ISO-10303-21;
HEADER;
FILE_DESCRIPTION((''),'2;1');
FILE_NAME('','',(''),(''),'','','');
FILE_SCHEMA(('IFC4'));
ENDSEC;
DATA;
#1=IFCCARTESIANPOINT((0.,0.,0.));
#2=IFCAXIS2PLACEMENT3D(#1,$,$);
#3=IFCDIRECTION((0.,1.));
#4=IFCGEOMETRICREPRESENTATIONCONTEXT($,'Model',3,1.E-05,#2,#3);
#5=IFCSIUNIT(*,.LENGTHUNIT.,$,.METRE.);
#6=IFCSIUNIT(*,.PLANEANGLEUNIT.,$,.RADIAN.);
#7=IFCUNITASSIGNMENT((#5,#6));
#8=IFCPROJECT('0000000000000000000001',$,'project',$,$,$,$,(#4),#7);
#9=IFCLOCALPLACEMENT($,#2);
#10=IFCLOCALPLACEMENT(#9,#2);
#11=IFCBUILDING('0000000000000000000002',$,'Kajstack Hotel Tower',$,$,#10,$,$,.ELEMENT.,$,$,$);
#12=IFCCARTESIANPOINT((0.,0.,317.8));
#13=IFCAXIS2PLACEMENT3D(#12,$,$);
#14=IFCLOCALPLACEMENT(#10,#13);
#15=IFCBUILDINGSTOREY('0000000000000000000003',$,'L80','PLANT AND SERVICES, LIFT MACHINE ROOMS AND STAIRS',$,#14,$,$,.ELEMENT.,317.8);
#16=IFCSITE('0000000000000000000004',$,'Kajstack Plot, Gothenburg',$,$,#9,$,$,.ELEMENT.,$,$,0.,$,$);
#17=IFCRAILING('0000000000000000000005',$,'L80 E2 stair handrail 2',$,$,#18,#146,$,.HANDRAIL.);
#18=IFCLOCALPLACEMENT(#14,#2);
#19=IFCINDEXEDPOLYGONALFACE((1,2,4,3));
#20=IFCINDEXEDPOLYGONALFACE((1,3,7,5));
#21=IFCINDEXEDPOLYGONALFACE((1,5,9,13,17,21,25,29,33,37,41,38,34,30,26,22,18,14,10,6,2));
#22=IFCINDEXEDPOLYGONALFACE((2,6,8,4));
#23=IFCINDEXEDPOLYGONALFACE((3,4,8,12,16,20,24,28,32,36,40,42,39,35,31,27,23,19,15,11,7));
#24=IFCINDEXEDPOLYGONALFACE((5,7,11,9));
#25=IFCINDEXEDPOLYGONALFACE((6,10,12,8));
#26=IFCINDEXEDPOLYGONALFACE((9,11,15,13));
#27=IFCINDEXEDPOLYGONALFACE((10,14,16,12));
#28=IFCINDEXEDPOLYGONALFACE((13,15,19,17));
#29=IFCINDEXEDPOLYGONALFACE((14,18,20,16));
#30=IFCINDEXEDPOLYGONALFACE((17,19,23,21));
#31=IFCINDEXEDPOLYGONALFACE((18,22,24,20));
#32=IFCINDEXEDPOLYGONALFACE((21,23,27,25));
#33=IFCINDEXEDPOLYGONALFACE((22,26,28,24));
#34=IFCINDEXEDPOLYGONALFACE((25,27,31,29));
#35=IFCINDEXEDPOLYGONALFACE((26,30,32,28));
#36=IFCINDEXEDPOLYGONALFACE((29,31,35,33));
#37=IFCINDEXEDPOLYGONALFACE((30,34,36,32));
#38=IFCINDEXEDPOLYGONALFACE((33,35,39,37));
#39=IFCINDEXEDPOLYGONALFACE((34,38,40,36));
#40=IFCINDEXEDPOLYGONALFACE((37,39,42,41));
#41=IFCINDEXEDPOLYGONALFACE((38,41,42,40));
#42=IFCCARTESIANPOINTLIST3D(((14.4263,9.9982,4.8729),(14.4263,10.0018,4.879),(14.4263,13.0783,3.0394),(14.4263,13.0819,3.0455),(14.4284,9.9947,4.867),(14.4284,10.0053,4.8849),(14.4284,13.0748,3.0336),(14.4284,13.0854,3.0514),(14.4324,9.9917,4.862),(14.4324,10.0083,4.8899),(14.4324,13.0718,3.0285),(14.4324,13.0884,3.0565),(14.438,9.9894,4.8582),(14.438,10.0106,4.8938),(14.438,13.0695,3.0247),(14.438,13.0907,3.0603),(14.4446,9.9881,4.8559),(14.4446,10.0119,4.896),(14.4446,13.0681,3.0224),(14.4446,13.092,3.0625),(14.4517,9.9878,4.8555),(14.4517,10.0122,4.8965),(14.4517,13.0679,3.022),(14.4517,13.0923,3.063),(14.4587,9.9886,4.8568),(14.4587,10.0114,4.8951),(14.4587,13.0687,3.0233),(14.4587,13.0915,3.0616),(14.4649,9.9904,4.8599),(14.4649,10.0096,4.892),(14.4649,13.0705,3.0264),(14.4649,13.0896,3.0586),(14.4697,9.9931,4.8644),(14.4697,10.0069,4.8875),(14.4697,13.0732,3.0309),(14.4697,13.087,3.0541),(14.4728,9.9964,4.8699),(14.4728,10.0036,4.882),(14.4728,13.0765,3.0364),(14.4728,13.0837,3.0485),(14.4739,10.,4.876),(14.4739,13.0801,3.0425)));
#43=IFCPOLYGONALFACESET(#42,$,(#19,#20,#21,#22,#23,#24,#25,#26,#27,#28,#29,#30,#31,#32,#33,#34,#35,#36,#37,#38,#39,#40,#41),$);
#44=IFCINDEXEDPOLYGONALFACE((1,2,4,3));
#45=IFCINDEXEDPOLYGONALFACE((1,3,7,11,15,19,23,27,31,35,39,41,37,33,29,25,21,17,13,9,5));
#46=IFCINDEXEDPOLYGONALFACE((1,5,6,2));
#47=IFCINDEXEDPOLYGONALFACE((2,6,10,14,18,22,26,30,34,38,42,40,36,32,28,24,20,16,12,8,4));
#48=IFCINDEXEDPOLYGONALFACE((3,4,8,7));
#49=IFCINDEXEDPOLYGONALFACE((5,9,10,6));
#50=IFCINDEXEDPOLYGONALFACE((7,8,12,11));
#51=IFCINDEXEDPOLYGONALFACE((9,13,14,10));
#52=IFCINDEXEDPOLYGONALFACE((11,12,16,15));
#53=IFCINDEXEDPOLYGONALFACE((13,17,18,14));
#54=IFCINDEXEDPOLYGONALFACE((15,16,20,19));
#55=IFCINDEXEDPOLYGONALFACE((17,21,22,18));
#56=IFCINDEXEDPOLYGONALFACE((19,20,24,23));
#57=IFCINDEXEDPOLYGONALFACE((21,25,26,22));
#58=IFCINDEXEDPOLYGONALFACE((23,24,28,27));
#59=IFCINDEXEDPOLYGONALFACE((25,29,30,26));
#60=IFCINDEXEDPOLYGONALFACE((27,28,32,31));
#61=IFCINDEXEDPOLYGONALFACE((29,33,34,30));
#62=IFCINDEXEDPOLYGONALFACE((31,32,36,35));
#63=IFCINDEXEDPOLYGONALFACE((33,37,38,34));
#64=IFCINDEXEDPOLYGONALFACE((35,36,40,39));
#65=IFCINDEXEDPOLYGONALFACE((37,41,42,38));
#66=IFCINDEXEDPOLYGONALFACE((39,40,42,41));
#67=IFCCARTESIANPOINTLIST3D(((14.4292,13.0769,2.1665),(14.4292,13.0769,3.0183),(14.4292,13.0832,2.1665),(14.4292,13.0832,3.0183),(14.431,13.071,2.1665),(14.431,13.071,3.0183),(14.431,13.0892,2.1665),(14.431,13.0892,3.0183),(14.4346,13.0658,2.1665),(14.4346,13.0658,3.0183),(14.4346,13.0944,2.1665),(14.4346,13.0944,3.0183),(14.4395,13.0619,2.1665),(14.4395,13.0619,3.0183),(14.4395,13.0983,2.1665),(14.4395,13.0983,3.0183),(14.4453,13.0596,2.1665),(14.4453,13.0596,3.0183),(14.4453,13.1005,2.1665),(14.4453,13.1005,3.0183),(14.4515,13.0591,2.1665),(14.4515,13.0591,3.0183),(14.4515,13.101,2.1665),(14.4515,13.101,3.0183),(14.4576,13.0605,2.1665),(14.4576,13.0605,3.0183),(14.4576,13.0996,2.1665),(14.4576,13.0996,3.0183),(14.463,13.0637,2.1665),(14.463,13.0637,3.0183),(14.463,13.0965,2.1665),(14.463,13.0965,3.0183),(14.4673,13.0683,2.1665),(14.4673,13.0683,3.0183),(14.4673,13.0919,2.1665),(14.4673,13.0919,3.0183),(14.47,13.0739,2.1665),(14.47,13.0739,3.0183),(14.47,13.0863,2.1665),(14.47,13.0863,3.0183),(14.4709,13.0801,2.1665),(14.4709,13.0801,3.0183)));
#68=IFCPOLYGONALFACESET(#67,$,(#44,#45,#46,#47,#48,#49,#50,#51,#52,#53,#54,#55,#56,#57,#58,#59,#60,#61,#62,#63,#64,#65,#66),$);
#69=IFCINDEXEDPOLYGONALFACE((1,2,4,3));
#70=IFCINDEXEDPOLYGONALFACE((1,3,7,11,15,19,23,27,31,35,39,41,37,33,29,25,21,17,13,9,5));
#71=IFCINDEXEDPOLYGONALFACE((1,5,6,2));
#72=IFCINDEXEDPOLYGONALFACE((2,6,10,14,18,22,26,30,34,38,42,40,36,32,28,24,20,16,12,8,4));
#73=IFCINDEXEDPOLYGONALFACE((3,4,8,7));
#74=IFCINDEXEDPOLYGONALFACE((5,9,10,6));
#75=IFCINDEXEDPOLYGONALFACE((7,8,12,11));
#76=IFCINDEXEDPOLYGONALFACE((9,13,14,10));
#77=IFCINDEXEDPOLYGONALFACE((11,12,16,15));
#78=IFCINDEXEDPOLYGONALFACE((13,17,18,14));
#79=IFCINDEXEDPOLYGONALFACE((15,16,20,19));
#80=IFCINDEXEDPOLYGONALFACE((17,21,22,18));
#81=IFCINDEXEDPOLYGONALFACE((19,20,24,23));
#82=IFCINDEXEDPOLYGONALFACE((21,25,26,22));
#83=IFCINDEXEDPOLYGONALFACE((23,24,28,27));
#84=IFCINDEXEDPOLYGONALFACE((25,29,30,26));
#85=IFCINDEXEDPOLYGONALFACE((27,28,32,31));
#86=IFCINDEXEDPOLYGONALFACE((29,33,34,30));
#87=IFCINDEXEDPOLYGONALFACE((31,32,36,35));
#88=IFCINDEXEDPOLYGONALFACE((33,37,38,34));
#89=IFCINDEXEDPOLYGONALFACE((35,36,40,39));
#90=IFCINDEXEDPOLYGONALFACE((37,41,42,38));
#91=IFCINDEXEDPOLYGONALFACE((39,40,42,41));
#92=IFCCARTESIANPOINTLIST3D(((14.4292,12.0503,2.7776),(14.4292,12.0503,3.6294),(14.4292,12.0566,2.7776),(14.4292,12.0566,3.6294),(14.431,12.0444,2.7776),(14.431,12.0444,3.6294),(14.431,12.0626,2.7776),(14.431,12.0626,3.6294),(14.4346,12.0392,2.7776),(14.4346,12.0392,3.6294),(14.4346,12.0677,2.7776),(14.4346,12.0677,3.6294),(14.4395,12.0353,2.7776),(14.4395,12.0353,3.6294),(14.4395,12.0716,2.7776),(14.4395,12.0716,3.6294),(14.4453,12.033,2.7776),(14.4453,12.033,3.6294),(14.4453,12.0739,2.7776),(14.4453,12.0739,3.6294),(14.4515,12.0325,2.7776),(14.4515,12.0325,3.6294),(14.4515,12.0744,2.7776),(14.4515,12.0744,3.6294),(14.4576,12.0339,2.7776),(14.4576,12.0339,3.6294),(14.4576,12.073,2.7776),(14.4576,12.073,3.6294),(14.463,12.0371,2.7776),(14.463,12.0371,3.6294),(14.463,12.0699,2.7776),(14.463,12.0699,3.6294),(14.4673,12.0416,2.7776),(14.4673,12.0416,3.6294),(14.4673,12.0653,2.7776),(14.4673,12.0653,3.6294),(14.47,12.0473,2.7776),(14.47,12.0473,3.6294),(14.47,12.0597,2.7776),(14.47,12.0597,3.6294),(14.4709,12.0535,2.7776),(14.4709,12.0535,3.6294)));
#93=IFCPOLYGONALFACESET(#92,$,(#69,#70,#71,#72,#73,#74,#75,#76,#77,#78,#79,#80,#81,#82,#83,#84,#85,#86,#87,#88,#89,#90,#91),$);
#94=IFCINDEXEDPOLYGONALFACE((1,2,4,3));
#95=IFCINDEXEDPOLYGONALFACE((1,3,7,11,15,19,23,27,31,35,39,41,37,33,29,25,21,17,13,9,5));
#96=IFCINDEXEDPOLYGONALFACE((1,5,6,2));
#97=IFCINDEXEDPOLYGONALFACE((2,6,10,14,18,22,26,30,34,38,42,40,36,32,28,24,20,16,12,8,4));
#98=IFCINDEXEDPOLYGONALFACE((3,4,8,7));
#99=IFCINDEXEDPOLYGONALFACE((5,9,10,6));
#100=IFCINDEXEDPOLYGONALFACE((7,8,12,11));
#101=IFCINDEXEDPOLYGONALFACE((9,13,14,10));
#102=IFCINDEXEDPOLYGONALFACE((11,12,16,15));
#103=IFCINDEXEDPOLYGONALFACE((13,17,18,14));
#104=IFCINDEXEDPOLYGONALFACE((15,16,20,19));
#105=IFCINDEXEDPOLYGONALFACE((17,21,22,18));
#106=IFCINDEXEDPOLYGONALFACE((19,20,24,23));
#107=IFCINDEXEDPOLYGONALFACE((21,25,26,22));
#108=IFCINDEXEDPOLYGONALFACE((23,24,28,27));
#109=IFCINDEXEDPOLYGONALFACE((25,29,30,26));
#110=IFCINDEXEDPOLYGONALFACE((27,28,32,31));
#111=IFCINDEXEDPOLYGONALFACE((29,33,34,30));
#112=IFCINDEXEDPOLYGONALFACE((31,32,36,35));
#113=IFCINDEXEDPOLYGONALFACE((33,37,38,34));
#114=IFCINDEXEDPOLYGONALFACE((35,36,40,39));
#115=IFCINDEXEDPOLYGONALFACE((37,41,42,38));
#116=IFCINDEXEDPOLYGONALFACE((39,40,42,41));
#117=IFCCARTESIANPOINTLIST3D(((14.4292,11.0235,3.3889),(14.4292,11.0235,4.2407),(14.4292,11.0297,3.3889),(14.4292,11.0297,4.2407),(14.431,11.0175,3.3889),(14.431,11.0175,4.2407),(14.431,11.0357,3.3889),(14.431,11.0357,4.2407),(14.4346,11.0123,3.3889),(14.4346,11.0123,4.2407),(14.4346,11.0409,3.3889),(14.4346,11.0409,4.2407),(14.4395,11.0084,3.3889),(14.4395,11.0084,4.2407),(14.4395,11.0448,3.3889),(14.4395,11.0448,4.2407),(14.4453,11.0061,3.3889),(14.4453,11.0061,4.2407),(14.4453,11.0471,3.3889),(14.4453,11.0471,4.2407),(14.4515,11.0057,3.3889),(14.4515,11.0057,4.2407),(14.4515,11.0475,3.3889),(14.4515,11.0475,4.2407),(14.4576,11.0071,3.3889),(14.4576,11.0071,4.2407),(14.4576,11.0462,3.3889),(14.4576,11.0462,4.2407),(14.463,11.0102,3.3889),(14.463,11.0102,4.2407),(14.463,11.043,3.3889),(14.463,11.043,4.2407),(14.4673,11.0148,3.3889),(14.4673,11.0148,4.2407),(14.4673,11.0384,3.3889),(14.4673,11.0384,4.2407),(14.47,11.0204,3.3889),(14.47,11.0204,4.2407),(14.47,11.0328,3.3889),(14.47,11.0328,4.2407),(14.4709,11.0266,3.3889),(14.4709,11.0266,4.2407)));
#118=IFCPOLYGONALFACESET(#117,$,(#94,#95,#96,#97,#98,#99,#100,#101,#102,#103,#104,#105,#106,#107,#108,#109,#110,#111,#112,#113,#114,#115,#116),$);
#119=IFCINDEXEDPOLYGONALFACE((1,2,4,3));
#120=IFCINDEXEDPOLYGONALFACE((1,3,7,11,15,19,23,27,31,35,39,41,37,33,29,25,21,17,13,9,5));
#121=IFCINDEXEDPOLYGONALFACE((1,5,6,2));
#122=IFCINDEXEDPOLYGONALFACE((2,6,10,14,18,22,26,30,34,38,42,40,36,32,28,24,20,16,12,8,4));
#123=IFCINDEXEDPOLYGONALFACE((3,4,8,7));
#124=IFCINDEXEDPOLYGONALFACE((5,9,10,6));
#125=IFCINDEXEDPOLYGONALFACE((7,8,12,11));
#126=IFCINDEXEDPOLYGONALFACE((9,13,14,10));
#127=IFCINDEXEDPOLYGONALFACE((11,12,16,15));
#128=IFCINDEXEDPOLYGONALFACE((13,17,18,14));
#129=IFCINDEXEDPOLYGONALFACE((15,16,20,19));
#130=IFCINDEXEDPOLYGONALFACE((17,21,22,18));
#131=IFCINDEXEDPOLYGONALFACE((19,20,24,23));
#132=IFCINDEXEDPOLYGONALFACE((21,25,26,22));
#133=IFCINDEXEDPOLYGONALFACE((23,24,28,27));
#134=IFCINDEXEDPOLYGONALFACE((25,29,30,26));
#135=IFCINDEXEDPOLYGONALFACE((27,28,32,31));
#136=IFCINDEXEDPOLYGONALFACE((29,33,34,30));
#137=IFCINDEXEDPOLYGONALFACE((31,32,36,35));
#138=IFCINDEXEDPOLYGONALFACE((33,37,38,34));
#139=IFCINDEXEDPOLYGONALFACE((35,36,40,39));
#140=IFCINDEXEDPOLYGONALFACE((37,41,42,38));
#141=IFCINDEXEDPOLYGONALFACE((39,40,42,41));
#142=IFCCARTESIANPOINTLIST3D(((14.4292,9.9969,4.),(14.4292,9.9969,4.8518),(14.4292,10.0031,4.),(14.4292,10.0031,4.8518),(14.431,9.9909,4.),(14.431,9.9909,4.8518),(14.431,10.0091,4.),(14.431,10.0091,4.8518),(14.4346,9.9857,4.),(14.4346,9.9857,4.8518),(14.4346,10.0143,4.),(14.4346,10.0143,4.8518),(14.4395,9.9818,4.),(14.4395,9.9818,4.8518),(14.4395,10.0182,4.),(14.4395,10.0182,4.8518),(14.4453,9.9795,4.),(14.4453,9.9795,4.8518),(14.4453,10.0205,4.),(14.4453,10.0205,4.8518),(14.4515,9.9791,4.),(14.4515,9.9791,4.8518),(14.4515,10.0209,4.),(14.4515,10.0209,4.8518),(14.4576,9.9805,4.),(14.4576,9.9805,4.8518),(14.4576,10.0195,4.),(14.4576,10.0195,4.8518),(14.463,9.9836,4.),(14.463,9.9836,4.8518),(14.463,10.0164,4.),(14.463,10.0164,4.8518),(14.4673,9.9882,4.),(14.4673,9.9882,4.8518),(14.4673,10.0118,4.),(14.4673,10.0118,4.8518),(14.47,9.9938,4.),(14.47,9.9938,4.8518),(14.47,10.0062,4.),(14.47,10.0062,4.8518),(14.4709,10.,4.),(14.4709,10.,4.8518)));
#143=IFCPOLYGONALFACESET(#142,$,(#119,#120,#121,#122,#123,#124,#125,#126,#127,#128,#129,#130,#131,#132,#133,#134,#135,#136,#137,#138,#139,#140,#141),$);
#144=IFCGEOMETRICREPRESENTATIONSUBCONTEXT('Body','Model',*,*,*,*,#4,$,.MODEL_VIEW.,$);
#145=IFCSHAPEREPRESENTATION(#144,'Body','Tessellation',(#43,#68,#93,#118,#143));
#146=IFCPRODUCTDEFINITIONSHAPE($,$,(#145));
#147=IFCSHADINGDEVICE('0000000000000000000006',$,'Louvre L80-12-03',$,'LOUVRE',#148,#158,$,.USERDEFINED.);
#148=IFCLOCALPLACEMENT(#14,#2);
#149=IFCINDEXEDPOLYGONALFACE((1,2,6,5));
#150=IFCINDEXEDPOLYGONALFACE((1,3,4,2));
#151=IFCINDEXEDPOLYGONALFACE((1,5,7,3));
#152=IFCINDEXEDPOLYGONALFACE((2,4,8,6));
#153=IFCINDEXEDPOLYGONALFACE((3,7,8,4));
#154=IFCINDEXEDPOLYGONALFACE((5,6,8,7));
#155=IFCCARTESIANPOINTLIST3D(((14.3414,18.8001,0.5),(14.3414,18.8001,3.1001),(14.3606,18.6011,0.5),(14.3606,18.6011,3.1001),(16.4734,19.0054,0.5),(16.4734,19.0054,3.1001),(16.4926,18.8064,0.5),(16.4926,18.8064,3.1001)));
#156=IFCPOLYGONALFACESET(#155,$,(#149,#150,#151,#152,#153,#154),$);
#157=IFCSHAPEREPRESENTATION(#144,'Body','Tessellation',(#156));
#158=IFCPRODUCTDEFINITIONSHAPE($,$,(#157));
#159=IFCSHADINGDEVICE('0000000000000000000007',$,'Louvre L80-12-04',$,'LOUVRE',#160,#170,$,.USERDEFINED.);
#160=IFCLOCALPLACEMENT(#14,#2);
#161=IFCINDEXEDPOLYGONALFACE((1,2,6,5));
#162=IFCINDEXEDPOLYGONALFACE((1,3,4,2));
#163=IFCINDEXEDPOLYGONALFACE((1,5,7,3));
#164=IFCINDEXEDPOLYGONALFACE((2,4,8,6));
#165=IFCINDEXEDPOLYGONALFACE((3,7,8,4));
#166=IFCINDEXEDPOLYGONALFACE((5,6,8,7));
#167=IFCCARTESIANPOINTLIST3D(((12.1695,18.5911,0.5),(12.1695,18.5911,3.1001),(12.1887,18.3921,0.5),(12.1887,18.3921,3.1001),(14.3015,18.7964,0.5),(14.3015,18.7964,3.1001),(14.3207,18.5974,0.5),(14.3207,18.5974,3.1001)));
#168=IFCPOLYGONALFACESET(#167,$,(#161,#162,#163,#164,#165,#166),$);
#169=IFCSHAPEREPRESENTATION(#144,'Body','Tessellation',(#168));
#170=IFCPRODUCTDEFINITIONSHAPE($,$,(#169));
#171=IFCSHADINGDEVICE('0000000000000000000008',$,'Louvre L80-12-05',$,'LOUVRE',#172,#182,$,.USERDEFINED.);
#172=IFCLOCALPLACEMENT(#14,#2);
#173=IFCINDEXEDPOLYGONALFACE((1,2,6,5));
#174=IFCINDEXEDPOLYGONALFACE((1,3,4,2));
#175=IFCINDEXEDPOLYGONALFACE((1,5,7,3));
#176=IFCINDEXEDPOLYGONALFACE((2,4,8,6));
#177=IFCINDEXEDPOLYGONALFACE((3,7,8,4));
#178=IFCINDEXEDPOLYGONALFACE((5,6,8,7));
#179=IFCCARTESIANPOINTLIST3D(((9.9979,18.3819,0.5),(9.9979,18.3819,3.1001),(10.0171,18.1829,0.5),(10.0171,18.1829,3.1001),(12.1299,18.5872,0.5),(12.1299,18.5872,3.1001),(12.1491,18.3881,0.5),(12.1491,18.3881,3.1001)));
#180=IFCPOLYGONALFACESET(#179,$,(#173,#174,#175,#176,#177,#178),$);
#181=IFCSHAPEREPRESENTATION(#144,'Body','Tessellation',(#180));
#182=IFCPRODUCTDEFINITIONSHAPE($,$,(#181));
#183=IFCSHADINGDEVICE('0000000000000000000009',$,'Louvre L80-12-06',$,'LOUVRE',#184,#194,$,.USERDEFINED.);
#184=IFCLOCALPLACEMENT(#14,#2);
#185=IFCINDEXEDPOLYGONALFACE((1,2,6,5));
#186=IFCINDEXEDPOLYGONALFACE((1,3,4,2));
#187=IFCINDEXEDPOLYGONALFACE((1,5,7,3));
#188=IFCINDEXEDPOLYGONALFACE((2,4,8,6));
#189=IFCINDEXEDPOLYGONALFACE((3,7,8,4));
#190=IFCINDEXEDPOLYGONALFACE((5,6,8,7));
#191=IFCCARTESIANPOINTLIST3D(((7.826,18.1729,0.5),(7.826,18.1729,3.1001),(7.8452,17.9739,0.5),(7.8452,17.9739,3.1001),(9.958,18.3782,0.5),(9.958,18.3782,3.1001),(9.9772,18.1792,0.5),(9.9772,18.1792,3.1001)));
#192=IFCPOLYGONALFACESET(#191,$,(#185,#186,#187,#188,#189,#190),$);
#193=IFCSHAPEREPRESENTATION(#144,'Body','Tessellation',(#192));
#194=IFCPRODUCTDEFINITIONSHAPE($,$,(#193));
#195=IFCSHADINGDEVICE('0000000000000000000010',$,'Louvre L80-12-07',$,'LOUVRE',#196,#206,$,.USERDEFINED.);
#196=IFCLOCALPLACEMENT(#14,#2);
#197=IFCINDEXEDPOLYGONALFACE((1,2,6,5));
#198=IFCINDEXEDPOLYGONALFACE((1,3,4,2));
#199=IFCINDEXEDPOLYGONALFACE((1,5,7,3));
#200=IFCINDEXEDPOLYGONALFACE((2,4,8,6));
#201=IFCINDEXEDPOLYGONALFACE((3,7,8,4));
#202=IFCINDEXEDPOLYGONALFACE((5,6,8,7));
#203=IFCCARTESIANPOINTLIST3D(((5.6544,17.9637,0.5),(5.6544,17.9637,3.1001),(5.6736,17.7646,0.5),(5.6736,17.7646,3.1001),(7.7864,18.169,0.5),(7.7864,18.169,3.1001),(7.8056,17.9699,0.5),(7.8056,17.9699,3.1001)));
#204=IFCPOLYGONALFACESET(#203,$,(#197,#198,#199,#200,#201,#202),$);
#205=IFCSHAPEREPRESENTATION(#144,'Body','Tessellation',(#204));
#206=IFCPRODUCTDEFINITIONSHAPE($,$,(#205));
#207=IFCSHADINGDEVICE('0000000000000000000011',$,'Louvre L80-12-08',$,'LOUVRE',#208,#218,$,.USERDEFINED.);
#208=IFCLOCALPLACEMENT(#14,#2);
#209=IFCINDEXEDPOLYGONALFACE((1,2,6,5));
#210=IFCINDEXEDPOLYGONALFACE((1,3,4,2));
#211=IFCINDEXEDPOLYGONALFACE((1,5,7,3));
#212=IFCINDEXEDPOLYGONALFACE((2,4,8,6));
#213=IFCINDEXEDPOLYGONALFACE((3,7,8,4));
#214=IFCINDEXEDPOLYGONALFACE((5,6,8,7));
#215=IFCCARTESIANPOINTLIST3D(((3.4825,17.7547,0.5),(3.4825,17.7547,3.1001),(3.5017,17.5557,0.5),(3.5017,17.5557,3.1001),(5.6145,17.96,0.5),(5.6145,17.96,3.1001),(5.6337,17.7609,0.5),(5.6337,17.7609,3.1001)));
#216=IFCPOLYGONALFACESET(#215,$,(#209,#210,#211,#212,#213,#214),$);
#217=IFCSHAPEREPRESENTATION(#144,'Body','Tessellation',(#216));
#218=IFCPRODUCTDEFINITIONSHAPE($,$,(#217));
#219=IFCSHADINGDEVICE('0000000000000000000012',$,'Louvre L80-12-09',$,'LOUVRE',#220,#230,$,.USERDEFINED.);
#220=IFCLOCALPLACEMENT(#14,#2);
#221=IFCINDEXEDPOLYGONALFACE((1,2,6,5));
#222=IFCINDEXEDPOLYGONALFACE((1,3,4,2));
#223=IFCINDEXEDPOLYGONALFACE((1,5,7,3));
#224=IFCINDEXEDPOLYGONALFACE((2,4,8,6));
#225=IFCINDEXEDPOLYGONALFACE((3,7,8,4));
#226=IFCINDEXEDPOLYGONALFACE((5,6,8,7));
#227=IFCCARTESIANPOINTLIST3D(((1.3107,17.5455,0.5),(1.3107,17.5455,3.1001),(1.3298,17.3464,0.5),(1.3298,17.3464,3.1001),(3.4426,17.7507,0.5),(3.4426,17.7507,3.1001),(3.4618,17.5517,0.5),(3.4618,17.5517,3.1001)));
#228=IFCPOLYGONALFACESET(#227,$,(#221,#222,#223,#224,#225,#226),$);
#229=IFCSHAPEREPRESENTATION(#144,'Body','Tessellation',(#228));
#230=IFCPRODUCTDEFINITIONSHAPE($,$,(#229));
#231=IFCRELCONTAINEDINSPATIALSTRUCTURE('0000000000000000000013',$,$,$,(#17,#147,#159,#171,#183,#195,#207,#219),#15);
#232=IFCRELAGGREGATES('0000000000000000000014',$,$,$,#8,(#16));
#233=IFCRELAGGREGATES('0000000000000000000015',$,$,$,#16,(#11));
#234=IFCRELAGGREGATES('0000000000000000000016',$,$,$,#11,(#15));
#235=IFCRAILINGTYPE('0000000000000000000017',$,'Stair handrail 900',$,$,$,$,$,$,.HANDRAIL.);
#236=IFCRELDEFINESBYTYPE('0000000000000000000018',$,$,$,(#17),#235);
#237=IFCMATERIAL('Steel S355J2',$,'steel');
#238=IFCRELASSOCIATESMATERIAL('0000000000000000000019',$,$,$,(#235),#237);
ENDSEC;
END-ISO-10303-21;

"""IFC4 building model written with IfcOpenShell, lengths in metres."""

from ifc_helpers import new_model, si_unit, direction, frame, origin, origin_2d, place, context, subcontext, project, spatial, rectangle, circle, extrude, material, type_object, element, save


model = new_model("IFC4")

# Units and contexts
model_context = context("Model", 3, precision=1e-05, world=origin(), true_north=direction((0.0, 1.0)))
body_context = subcontext(model_context, "Body", "Model", "MODEL_VIEW")
ifc_project = project(units=[si_unit("LENGTHUNIT", "METRE"), si_unit("PLANEANGLEUNIT", "RADIAN")], contexts=[model_context])

# Site, building, storey
site_placement = place(None, origin())
site = spatial("IfcSite", under=ifc_project, at=site_placement, Name="Kajstack Plot, Gothenburg", CompositionType="ELEMENT", RefElevation=0.0)
building_placement = place(site_placement, origin())
building = spatial("IfcBuilding", under=site, at=building_placement, Name="Kajstack Hotel Tower", CompositionType="ELEMENT")
storey_placement = place(building_placement, frame((0.0, 0.0, 317.8)))
storey = spatial("IfcBuildingStorey", under=building, at=storey_placement, Name="L80", Description="PLANT AND SERVICES, LIFT MACHINE ROOMS AND STAIRS", CompositionType="ELEMENT", Elevation=317.8)

# Shared definitions
ifc_material_1 = material(Name="Steel S355J2", Category="steel")

# Railing
railing_type_1 = type_object("IfcRailingType", Name="Stair handrail 900", PredefinedType="HANDRAIL", material=ifc_material_1)
railing_1_placement = place(storey_placement, frame((14.45, 13.0801, 2.1665)))
element("IfcRailing", 1, at=railing_1_placement, inside=storey, type_object=railing_type_1, Name="L80 E2 stair handrail 2", PredefinedType="HANDRAIL", context=body_context, shape_type="SweptSolid", body=[
    extrude(circle(Radius=0.0239, at=origin_2d()), frame((0.0, 0.0, 0.876), z_axis=(0.0, -0.859279, 0.511508), x_axis=(1.0, 0.0, 0.0)), (0.0, 0.0, 1.0), 3.5845),
    extrude(circle(Radius=0.021, at=origin_2d()), origin(), (0.0, 0.0, 1.0), 0.8518),
    extrude(circle(Radius=0.021, at=origin_2d()), frame((0.0, -1.0266, 0.6111)), (0.0, 0.0, 1.0), 0.8518),
    extrude(circle(Radius=0.021, at=origin_2d()), frame((0.0, -2.0535, 1.2224)), (0.0, 0.0, 1.0), 0.8518),
    extrude(circle(Radius=0.021, at=origin_2d()), frame((0.0, -3.0801, 1.8335)), (0.0, 0.0, 1.0), 0.8518),
])

# Shading devices
for number, where, z_axis, x_axis, name in (
    (2, (15.417, 18.8032, 0.5), (0.0, 0.0, 1.0), (-0.995396, -0.095846, 0.0), "Louvre L80-12-03"),
    (3, (13.2451, 18.5942, 0.5), (0.0, 0.0, 1.0), (-0.995396, -0.095846, 0.0), "Louvre L80-12-04"),
    (4, (11.0735, 18.385, 0.5), (0.0, 0.0, 1.0), (-0.995396, -0.095846, 0.0), "Louvre L80-12-05"),
    (5, (8.9016, 18.176, 0.5), (0.0, 0.0, 1.0), (-0.995396, -0.095846, 0.0), "Louvre L80-12-06"),
    (6, (6.73, 17.9668, 0.5), (0.0, 0.0, 1.0), (-0.995396, -0.095846, 0.0), "Louvre L80-12-07"),
    (7, (4.5581, 17.7578, 0.5), (0.0, 0.0, 1.0), (-0.995396, -0.095846, 0.0), "Louvre L80-12-08"),
    (8, (2.3862, 17.5486, 0.5), (0.0, 0.0, 1.0), (-0.995396, -0.095846, 0.0), "Louvre L80-12-09"),
):
    element("IfcShadingDevice", number, at=place(storey_placement, frame(where, z_axis=z_axis, x_axis=x_axis)), inside=storey, Name=name, ObjectType="LOUVRE", PredefinedType="USERDEFINED", context=body_context, shape_type="SweptSolid", body=[
        extrude(rectangle(XDim=2.1418, YDim=0.2, at=origin_2d()), origin(), (0.0, 0.0, 1.0), 2.6001),
    ])

save(model, "model.ifc")
